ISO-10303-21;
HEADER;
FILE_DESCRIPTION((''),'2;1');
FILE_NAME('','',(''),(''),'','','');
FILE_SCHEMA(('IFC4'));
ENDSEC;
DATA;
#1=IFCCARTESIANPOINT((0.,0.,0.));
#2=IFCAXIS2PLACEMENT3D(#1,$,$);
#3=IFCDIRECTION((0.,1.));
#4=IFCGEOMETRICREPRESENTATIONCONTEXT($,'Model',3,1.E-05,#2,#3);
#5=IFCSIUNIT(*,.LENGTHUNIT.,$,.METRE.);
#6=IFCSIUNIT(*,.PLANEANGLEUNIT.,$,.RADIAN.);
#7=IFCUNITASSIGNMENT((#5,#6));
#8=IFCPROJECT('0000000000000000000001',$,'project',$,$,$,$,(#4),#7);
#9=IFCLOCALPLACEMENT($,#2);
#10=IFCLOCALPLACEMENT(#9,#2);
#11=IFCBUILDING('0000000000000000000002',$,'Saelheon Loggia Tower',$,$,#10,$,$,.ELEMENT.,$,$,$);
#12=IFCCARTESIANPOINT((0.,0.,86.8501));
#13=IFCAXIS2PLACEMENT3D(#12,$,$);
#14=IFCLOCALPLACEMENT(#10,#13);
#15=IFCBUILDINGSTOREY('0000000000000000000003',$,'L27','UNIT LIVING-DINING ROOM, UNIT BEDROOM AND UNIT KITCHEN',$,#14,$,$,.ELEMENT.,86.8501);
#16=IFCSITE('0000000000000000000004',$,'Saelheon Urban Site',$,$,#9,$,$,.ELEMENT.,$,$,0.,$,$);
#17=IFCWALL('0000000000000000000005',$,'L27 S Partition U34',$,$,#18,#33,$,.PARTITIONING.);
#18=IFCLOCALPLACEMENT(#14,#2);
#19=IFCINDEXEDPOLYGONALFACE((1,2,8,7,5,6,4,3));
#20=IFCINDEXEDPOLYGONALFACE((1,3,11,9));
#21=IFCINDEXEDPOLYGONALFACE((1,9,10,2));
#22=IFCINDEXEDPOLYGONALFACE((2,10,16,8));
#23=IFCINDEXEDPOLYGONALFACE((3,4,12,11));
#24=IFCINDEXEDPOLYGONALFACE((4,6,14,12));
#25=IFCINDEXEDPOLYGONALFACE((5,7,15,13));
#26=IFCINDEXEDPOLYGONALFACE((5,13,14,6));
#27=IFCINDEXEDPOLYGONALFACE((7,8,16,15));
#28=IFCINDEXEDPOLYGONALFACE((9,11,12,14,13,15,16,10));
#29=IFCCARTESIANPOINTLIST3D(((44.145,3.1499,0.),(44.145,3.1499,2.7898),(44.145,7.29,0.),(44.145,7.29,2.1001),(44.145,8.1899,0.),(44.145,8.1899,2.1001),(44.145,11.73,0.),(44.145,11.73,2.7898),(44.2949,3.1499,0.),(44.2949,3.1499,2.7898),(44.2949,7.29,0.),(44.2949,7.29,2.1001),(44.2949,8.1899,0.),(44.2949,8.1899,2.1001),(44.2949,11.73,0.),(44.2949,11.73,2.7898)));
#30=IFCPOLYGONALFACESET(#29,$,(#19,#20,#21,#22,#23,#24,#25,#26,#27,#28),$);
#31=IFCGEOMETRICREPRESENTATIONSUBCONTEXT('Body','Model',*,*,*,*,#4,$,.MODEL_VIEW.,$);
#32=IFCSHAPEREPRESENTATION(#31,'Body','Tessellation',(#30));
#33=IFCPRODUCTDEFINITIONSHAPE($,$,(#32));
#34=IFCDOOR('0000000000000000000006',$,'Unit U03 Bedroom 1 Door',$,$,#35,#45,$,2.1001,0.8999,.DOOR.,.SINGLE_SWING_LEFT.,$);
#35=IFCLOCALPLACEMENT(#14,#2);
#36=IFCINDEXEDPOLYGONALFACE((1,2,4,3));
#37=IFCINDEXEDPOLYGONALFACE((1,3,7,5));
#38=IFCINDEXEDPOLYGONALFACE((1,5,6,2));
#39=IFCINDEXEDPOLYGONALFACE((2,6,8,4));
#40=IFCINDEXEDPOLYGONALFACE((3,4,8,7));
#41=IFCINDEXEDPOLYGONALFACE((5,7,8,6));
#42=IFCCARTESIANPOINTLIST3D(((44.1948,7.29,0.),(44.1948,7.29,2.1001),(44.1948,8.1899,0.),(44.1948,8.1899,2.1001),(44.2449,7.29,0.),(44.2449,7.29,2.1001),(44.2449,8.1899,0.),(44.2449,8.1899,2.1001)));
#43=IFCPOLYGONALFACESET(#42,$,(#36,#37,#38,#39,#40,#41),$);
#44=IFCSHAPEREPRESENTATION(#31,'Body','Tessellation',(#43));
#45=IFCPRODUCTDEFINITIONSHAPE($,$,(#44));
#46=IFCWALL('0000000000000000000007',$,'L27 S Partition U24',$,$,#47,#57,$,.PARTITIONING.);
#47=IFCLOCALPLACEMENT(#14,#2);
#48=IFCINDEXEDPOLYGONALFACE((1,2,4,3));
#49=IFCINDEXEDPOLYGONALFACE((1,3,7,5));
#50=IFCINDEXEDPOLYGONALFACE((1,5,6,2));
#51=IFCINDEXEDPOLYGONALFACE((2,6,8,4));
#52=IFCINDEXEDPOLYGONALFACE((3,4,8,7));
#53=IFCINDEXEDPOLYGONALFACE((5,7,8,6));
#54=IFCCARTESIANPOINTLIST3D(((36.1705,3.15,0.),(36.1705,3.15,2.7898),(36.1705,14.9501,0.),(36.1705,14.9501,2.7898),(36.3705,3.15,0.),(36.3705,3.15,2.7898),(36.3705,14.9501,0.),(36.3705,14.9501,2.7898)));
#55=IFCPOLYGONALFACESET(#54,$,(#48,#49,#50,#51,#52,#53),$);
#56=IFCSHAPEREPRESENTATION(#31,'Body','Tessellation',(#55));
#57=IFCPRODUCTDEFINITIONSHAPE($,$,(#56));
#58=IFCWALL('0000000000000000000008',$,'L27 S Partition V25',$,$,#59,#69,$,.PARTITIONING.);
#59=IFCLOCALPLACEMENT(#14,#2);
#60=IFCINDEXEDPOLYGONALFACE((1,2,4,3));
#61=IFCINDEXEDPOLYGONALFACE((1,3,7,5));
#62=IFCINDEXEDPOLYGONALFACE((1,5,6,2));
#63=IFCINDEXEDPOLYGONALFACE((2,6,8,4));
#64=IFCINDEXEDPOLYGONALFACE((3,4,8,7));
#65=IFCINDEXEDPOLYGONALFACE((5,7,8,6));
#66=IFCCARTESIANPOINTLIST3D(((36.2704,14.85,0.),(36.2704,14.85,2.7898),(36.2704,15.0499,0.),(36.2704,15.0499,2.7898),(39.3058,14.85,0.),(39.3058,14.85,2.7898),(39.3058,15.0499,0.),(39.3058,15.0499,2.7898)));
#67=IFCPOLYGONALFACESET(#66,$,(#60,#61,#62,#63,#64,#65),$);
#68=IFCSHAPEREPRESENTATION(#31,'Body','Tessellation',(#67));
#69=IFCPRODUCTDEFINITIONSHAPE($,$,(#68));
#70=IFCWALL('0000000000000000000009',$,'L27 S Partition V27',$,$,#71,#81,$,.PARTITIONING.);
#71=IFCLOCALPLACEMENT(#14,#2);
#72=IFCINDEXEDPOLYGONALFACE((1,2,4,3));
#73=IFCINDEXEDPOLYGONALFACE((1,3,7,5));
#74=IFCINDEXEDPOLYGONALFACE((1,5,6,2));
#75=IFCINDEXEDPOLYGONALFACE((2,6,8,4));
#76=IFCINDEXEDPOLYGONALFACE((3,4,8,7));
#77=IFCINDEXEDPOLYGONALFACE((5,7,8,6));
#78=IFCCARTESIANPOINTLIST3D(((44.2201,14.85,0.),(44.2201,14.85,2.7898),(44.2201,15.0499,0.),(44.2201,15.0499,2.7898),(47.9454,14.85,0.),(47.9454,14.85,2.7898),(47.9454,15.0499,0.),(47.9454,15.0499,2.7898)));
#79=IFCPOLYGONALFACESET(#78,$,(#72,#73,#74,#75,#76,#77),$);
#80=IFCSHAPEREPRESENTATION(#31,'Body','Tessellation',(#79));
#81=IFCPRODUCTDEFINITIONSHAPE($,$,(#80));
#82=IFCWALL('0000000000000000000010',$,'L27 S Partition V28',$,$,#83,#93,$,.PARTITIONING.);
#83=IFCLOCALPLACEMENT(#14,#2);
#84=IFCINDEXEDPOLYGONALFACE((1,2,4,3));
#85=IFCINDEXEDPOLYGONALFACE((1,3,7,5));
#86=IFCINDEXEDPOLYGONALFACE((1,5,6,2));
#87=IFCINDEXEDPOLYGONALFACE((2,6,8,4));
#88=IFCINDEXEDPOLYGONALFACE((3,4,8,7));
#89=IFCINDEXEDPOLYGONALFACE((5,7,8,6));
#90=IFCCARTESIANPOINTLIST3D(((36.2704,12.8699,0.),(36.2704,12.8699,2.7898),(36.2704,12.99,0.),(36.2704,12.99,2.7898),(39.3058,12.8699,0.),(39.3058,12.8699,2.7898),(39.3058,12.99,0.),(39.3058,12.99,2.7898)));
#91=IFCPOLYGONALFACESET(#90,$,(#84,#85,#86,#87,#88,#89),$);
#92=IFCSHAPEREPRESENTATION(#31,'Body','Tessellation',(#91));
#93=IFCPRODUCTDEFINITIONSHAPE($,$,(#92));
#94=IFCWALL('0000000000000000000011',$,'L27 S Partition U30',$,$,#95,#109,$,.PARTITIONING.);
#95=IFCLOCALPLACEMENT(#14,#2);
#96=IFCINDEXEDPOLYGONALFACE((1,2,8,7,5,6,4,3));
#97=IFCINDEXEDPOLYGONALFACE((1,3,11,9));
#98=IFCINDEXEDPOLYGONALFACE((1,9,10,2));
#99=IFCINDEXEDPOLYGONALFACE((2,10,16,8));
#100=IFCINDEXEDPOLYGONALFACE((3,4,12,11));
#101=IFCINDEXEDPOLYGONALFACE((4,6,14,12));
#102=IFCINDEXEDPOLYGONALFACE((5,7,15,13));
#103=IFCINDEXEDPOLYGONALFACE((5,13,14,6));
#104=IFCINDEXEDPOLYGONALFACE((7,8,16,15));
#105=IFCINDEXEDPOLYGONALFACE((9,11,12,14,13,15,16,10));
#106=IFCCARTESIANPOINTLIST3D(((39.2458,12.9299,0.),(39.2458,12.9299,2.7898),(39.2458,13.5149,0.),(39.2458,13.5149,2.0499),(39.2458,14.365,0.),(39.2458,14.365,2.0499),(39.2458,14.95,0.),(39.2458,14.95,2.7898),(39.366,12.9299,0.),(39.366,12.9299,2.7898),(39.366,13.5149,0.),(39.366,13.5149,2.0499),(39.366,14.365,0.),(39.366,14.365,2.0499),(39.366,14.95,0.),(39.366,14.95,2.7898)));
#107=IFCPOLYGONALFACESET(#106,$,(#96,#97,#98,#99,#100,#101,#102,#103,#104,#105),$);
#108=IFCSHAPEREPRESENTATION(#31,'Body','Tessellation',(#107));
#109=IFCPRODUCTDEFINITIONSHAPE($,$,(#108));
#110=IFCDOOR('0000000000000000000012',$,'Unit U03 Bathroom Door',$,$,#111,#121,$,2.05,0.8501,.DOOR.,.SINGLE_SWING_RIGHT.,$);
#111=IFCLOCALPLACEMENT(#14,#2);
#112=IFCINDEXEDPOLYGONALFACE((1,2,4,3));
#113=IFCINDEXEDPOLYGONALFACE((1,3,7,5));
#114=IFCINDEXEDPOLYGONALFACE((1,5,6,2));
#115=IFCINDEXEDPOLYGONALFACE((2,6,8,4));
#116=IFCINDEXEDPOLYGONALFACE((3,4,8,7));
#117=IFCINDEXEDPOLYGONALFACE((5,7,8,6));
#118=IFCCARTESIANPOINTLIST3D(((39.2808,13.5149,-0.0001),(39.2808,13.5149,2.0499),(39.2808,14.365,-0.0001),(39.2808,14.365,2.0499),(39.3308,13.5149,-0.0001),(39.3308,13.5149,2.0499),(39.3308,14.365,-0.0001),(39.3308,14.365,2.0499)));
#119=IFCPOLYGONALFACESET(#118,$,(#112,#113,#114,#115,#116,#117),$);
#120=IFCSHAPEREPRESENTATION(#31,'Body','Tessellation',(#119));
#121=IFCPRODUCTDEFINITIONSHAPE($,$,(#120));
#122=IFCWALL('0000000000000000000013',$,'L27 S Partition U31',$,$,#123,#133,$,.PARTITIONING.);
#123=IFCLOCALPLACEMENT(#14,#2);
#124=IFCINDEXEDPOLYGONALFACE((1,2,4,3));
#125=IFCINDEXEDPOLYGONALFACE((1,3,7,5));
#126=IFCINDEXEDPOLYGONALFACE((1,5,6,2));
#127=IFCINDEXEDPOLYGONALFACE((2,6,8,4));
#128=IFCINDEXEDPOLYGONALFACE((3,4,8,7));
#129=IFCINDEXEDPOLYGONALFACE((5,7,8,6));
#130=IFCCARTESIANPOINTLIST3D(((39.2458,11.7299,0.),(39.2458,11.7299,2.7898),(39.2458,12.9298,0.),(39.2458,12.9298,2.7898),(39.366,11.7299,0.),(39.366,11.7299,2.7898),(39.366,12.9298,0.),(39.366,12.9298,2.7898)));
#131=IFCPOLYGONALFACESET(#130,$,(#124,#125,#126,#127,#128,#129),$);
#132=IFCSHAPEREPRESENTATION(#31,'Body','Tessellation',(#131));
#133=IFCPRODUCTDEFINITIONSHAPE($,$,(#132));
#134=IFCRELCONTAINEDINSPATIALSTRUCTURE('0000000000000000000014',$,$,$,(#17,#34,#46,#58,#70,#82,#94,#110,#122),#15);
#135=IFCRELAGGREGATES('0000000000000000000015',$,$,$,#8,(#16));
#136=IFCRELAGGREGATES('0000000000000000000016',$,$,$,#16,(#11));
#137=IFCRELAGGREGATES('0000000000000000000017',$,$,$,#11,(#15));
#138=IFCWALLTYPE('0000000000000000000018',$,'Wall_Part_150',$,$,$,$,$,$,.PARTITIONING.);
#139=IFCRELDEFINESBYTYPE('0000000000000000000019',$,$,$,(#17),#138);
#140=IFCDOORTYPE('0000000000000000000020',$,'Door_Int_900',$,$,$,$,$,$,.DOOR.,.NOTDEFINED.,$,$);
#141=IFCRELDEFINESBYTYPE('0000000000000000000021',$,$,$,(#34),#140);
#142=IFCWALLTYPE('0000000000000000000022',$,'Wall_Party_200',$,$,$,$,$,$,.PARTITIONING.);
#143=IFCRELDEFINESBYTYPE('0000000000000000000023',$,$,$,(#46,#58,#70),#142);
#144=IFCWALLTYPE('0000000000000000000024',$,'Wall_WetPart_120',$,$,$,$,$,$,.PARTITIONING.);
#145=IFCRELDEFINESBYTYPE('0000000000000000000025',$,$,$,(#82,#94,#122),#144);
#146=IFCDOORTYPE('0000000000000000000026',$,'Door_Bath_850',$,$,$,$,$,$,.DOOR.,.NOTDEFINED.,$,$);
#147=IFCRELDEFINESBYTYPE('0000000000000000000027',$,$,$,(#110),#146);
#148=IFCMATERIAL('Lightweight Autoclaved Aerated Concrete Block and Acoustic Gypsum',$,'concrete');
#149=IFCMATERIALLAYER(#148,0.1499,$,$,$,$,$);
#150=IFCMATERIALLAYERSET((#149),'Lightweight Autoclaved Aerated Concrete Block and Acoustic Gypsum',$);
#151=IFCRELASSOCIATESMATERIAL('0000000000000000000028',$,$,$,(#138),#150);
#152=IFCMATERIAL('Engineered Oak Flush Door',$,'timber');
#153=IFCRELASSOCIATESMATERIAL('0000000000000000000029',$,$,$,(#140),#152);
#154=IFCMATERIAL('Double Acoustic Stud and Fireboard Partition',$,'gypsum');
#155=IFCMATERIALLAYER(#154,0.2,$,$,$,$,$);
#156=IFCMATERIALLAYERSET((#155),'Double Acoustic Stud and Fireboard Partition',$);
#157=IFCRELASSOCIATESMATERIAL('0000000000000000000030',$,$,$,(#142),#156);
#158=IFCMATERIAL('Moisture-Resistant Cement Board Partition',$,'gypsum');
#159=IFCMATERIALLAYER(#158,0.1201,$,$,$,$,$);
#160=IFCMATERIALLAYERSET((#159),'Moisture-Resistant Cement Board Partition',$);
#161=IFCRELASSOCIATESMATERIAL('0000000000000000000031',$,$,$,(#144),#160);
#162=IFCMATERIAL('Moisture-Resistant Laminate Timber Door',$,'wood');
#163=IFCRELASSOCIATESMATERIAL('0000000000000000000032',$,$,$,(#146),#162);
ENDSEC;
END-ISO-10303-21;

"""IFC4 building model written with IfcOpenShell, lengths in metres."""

from ifc_helpers import new_model, si_unit, direction, frame, frame_2d, origin, place, context, subcontext, project, spatial, rectangle, extrude, source, transform, mapped, material, layer, layer_set, type_object, element, fill, save


model = new_model("IFC4")

# Units and contexts
model_context = context("Model", 3, precision=1e-05, world=origin(), true_north=direction((0.0, 1.0)))
body_context = subcontext(model_context, "Body", "Model", "MODEL_VIEW")
ifc_project = project(units=[si_unit("LENGTHUNIT", "METRE"), si_unit("PLANEANGLEUNIT", "RADIAN")], contexts=[model_context])

# Site, building, storey
site_placement = place(None, origin())
site = spatial("IfcSite", under=ifc_project, at=site_placement, Name="Saelheon Urban Site", CompositionType="ELEMENT", RefElevation=0.0)
building_placement = place(site_placement, origin())
building = spatial("IfcBuilding", under=site, at=building_placement, Name="Saelheon Loggia Tower", CompositionType="ELEMENT")
storey_placement = place(building_placement, frame((0.0, 0.0, 86.8501)))
storey = spatial("IfcBuildingStorey", under=building, at=storey_placement, Name="L27", Description="UNIT LIVING-DINING ROOM, UNIT BEDROOM AND UNIT KITCHEN", CompositionType="ELEMENT", Elevation=86.8501)

# Shared definitions
ifc_material_1 = material(Name="Lightweight Autoclaved Aerated Concrete Block and Acoustic Gypsum", Category="concrete")
ifc_layer_1 = layer(ifc_material_1, 0.1499)
ifc_layer_set_1 = layer_set([ifc_layer_1], Name="Lightweight Autoclaved Aerated Concrete Block and Acoustic Gypsum")
wall_type_1 = type_object("IfcWallType", Name="Wall_Part_150", PredefinedType="PARTITIONING", material=ifc_layer_set_1)

# Wall, opening, door
ifc_material_2 = material(Name="Engineered Oak Flush Door", Category="timber")
door_type_1 = type_object("IfcDoorType", Name="Door_Int_900", OperationType="NOTDEFINED", PredefinedType="DOOR", material=ifc_material_2)
shared_shape_1 = source(origin(), body_context, "Body", "SweptSolid", [
    extrude(rectangle(XDim=0.8999, YDim=2.1001, at=frame_2d((0.45, 1.05))), frame((0.0, 0.0249, 0.0), z_axis=(0.0, -1.0, 0.0), x_axis=(1.0, 0.0, 0.0)), (0.0, 0.0, 1.0), 0.05),
])
wall_1_placement = place(storey_placement, frame((44.22, 11.73, 0.0), z_axis=(0.0, 0.0, 1.0), x_axis=(0.0, -1.0, 0.0)))
wall_1 = element("IfcWall", 1, at=wall_1_placement, inside=storey, type_object=wall_type_1, Name="L27 S Partition U34", PredefinedType="PARTITIONING", context=body_context, shape_type="SweptSolid", body=[
    extrude(rectangle(XDim=8.5801, YDim=0.1499, at=frame_2d((4.29, 0.0))), origin(), (0.0, 0.0, 1.0), 2.7898),
])
opening_1_placement = place(wall_1_placement, frame((3.54, 0.0, 0.0)))
opening_1 = element("IfcOpeningElement", 2, at=opening_1_placement, cuts=wall_1, PredefinedType="OPENING", context=body_context, shape_type="SweptSolid", body=[
    extrude(rectangle(XDim=0.8999, YDim=2.1001, at=frame_2d((0.45, 1.05))), frame((0.0, 0.0869, 0.0), z_axis=(0.0, -1.0, 0.0), x_axis=(1.0, 0.0, 0.0)), (0.0, 0.0, 1.0), 0.1738),
])
door_1_placement = place(opening_1_placement, origin())
door_1 = element("IfcDoor", 3, at=door_1_placement, inside=storey, type_object=door_type_1, Name="Unit U03 Bedroom 1 Door", OperationType="SINGLE_SWING_LEFT", OverallHeight=2.1001, OverallWidth=0.8999, PredefinedType="DOOR", context=body_context, shape_type="MappedRepresentation", body=[
    mapped(shared_shape_1, transform((0.0, 0.0, 0.0), scale=1.0)),
])
fill(opening_1, door_1)

# Walls
ifc_material_3 = material(Name="Double Acoustic Stud and Fireboard Partition", Category="gypsum")
ifc_layer_2 = layer(ifc_material_3, 0.2)
ifc_layer_set_2 = layer_set([ifc_layer_2], Name="Double Acoustic Stud and Fireboard Partition")
wall_type_2 = type_object("IfcWallType", Name="Wall_Party_200", PredefinedType="PARTITIONING", material=ifc_layer_set_2)
wall_2_placement = place(storey_placement, frame((36.2705, 14.95, 0.0), z_axis=(0.0, 0.0, 1.0), x_axis=(0.0, -1.0, 0.0)))
element("IfcWall", 4, at=wall_2_placement, inside=storey, type_object=wall_type_2, Name="L27 S Partition U24", PredefinedType="PARTITIONING", context=body_context, shape_type="SweptSolid", body=[
    extrude(rectangle(XDim=11.8, YDim=0.2, at=frame_2d((5.8999, 0.0))), origin(), (0.0, 0.0, 1.0), 2.7898),
])
wall_3_placement = place(storey_placement, frame((36.2705, 14.95, 0.0), z_axis=(0.0, 0.0, 1.0), x_axis=(1.0, 0.0, 0.0)))
element("IfcWall", 5, at=wall_3_placement, inside=storey, type_object=wall_type_2, Name="L27 S Partition V25", PredefinedType="PARTITIONING", context=body_context, shape_type="SweptSolid", body=[
    extrude(rectangle(XDim=3.0354, YDim=0.2, at=frame_2d((1.5176, 0.0))), origin(), (0.0, 0.0, 1.0), 2.7898),
])

# Walls
wall_4_placement = place(storey_placement, frame((44.22, 14.95, 0.0), z_axis=(0.0, 0.0, 1.0), x_axis=(1.0, 0.0, 0.0)))
element("IfcWall", 6, at=wall_4_placement, inside=storey, type_object=wall_type_2, Name="L27 S Partition V27", PredefinedType="PARTITIONING", context=body_context, shape_type="SweptSolid", body=[
    extrude(rectangle(XDim=3.7253, YDim=0.2, at=frame_2d((1.8628, 0.0))), origin(), (0.0, 0.0, 1.0), 2.7898),
])
ifc_material_4 = material(Name="Moisture-Resistant Cement Board Partition", Category="gypsum")
ifc_layer_3 = layer(ifc_material_4, 0.1201)
ifc_layer_set_3 = layer_set([ifc_layer_3], Name="Moisture-Resistant Cement Board Partition")
wall_type_3 = type_object("IfcWallType", Name="Wall_WetPart_120", PredefinedType="PARTITIONING", material=ifc_layer_set_3)
wall_5_placement = place(storey_placement, frame((36.2705, 12.9299, 0.0), z_axis=(0.0, 0.0, 1.0), x_axis=(1.0, 0.0, 0.0)))
element("IfcWall", 7, at=wall_5_placement, inside=storey, type_object=wall_type_3, Name="L27 S Partition V28", PredefinedType="PARTITIONING", context=body_context, shape_type="SweptSolid", body=[
    extrude(rectangle(XDim=3.0354, YDim=0.1201, at=frame_2d((1.5176, 0.0))), origin(), (0.0, 0.0, 1.0), 2.7898),
])

# Wall, opening, door
wall_6_placement = place(storey_placement, frame((39.3059, 14.95, 0.0), z_axis=(0.0, 0.0, 1.0), x_axis=(0.0, -1.0, 0.0)))
wall_6 = element("IfcWall", 8, at=wall_6_placement, inside=storey, type_object=wall_type_3, Name="L27 S Partition U30", PredefinedType="PARTITIONING", context=body_context, shape_type="SweptSolid", body=[
    extrude(rectangle(XDim=2.02, YDim=0.1201, at=frame_2d((1.01, 0.0))), origin(), (0.0, 0.0, 1.0), 2.7898),
])
opening_2_placement = place(wall_6_placement, frame((0.585, 0.0, 0.0)))
opening_2 = element("IfcOpeningElement", 9, at=opening_2_placement, cuts=wall_6, PredefinedType="OPENING", context=body_context, shape_type="SweptSolid", body=[
    extrude(rectangle(XDim=0.8501, YDim=2.05, at=frame_2d((0.425, 1.0249))), frame((0.0, 0.072, 0.0), z_axis=(0.0, -1.0, 0.0), x_axis=(1.0, 0.0, 0.0)), (0.0, 0.0, 1.0), 0.144),
])
ifc_material_5 = material(Name="Moisture-Resistant Laminate Timber Door", Category="wood")
door_type_2 = type_object("IfcDoorType", Name="Door_Bath_850", OperationType="NOTDEFINED", PredefinedType="DOOR", material=ifc_material_5)
shared_shape_2 = source(origin(), body_context, "Body", "SweptSolid", [
    extrude(rectangle(XDim=0.8501, YDim=2.05, at=frame_2d((0.425, 1.0249))), frame((0.0, 0.0249, 0.0), z_axis=(0.0, -1.0, 0.0), x_axis=(1.0, 0.0, 0.0)), (0.0, 0.0, 1.0), 0.05),
])
door_2_placement = place(opening_2_placement, origin())
door_2 = element("IfcDoor", 10, at=door_2_placement, inside=storey, type_object=door_type_2, Name="Unit U03 Bathroom Door", OperationType="SINGLE_SWING_RIGHT", OverallHeight=2.05, OverallWidth=0.8501, PredefinedType="DOOR", context=body_context, shape_type="MappedRepresentation", body=[
    mapped(shared_shape_2, transform((0.0, 0.0, 0.0), scale=1.0)),
])
fill(opening_2, door_2)

# Wall
wall_7_placement = place(storey_placement, frame((39.3059, 12.9299, 0.0), z_axis=(0.0, 0.0, 1.0), x_axis=(0.0, -1.0, 0.0)))
element("IfcWall", 11, at=wall_7_placement, inside=storey, type_object=wall_type_3, Name="L27 S Partition U31", PredefinedType="PARTITIONING", context=body_context, shape_type="SweptSolid", body=[
    extrude(rectangle(XDim=1.2, YDim=0.1201, at=frame_2d((0.6001, 0.0))), origin(), (0.0, 0.0, 1.0), 2.7898),
])

save(model, "model.ifc")
